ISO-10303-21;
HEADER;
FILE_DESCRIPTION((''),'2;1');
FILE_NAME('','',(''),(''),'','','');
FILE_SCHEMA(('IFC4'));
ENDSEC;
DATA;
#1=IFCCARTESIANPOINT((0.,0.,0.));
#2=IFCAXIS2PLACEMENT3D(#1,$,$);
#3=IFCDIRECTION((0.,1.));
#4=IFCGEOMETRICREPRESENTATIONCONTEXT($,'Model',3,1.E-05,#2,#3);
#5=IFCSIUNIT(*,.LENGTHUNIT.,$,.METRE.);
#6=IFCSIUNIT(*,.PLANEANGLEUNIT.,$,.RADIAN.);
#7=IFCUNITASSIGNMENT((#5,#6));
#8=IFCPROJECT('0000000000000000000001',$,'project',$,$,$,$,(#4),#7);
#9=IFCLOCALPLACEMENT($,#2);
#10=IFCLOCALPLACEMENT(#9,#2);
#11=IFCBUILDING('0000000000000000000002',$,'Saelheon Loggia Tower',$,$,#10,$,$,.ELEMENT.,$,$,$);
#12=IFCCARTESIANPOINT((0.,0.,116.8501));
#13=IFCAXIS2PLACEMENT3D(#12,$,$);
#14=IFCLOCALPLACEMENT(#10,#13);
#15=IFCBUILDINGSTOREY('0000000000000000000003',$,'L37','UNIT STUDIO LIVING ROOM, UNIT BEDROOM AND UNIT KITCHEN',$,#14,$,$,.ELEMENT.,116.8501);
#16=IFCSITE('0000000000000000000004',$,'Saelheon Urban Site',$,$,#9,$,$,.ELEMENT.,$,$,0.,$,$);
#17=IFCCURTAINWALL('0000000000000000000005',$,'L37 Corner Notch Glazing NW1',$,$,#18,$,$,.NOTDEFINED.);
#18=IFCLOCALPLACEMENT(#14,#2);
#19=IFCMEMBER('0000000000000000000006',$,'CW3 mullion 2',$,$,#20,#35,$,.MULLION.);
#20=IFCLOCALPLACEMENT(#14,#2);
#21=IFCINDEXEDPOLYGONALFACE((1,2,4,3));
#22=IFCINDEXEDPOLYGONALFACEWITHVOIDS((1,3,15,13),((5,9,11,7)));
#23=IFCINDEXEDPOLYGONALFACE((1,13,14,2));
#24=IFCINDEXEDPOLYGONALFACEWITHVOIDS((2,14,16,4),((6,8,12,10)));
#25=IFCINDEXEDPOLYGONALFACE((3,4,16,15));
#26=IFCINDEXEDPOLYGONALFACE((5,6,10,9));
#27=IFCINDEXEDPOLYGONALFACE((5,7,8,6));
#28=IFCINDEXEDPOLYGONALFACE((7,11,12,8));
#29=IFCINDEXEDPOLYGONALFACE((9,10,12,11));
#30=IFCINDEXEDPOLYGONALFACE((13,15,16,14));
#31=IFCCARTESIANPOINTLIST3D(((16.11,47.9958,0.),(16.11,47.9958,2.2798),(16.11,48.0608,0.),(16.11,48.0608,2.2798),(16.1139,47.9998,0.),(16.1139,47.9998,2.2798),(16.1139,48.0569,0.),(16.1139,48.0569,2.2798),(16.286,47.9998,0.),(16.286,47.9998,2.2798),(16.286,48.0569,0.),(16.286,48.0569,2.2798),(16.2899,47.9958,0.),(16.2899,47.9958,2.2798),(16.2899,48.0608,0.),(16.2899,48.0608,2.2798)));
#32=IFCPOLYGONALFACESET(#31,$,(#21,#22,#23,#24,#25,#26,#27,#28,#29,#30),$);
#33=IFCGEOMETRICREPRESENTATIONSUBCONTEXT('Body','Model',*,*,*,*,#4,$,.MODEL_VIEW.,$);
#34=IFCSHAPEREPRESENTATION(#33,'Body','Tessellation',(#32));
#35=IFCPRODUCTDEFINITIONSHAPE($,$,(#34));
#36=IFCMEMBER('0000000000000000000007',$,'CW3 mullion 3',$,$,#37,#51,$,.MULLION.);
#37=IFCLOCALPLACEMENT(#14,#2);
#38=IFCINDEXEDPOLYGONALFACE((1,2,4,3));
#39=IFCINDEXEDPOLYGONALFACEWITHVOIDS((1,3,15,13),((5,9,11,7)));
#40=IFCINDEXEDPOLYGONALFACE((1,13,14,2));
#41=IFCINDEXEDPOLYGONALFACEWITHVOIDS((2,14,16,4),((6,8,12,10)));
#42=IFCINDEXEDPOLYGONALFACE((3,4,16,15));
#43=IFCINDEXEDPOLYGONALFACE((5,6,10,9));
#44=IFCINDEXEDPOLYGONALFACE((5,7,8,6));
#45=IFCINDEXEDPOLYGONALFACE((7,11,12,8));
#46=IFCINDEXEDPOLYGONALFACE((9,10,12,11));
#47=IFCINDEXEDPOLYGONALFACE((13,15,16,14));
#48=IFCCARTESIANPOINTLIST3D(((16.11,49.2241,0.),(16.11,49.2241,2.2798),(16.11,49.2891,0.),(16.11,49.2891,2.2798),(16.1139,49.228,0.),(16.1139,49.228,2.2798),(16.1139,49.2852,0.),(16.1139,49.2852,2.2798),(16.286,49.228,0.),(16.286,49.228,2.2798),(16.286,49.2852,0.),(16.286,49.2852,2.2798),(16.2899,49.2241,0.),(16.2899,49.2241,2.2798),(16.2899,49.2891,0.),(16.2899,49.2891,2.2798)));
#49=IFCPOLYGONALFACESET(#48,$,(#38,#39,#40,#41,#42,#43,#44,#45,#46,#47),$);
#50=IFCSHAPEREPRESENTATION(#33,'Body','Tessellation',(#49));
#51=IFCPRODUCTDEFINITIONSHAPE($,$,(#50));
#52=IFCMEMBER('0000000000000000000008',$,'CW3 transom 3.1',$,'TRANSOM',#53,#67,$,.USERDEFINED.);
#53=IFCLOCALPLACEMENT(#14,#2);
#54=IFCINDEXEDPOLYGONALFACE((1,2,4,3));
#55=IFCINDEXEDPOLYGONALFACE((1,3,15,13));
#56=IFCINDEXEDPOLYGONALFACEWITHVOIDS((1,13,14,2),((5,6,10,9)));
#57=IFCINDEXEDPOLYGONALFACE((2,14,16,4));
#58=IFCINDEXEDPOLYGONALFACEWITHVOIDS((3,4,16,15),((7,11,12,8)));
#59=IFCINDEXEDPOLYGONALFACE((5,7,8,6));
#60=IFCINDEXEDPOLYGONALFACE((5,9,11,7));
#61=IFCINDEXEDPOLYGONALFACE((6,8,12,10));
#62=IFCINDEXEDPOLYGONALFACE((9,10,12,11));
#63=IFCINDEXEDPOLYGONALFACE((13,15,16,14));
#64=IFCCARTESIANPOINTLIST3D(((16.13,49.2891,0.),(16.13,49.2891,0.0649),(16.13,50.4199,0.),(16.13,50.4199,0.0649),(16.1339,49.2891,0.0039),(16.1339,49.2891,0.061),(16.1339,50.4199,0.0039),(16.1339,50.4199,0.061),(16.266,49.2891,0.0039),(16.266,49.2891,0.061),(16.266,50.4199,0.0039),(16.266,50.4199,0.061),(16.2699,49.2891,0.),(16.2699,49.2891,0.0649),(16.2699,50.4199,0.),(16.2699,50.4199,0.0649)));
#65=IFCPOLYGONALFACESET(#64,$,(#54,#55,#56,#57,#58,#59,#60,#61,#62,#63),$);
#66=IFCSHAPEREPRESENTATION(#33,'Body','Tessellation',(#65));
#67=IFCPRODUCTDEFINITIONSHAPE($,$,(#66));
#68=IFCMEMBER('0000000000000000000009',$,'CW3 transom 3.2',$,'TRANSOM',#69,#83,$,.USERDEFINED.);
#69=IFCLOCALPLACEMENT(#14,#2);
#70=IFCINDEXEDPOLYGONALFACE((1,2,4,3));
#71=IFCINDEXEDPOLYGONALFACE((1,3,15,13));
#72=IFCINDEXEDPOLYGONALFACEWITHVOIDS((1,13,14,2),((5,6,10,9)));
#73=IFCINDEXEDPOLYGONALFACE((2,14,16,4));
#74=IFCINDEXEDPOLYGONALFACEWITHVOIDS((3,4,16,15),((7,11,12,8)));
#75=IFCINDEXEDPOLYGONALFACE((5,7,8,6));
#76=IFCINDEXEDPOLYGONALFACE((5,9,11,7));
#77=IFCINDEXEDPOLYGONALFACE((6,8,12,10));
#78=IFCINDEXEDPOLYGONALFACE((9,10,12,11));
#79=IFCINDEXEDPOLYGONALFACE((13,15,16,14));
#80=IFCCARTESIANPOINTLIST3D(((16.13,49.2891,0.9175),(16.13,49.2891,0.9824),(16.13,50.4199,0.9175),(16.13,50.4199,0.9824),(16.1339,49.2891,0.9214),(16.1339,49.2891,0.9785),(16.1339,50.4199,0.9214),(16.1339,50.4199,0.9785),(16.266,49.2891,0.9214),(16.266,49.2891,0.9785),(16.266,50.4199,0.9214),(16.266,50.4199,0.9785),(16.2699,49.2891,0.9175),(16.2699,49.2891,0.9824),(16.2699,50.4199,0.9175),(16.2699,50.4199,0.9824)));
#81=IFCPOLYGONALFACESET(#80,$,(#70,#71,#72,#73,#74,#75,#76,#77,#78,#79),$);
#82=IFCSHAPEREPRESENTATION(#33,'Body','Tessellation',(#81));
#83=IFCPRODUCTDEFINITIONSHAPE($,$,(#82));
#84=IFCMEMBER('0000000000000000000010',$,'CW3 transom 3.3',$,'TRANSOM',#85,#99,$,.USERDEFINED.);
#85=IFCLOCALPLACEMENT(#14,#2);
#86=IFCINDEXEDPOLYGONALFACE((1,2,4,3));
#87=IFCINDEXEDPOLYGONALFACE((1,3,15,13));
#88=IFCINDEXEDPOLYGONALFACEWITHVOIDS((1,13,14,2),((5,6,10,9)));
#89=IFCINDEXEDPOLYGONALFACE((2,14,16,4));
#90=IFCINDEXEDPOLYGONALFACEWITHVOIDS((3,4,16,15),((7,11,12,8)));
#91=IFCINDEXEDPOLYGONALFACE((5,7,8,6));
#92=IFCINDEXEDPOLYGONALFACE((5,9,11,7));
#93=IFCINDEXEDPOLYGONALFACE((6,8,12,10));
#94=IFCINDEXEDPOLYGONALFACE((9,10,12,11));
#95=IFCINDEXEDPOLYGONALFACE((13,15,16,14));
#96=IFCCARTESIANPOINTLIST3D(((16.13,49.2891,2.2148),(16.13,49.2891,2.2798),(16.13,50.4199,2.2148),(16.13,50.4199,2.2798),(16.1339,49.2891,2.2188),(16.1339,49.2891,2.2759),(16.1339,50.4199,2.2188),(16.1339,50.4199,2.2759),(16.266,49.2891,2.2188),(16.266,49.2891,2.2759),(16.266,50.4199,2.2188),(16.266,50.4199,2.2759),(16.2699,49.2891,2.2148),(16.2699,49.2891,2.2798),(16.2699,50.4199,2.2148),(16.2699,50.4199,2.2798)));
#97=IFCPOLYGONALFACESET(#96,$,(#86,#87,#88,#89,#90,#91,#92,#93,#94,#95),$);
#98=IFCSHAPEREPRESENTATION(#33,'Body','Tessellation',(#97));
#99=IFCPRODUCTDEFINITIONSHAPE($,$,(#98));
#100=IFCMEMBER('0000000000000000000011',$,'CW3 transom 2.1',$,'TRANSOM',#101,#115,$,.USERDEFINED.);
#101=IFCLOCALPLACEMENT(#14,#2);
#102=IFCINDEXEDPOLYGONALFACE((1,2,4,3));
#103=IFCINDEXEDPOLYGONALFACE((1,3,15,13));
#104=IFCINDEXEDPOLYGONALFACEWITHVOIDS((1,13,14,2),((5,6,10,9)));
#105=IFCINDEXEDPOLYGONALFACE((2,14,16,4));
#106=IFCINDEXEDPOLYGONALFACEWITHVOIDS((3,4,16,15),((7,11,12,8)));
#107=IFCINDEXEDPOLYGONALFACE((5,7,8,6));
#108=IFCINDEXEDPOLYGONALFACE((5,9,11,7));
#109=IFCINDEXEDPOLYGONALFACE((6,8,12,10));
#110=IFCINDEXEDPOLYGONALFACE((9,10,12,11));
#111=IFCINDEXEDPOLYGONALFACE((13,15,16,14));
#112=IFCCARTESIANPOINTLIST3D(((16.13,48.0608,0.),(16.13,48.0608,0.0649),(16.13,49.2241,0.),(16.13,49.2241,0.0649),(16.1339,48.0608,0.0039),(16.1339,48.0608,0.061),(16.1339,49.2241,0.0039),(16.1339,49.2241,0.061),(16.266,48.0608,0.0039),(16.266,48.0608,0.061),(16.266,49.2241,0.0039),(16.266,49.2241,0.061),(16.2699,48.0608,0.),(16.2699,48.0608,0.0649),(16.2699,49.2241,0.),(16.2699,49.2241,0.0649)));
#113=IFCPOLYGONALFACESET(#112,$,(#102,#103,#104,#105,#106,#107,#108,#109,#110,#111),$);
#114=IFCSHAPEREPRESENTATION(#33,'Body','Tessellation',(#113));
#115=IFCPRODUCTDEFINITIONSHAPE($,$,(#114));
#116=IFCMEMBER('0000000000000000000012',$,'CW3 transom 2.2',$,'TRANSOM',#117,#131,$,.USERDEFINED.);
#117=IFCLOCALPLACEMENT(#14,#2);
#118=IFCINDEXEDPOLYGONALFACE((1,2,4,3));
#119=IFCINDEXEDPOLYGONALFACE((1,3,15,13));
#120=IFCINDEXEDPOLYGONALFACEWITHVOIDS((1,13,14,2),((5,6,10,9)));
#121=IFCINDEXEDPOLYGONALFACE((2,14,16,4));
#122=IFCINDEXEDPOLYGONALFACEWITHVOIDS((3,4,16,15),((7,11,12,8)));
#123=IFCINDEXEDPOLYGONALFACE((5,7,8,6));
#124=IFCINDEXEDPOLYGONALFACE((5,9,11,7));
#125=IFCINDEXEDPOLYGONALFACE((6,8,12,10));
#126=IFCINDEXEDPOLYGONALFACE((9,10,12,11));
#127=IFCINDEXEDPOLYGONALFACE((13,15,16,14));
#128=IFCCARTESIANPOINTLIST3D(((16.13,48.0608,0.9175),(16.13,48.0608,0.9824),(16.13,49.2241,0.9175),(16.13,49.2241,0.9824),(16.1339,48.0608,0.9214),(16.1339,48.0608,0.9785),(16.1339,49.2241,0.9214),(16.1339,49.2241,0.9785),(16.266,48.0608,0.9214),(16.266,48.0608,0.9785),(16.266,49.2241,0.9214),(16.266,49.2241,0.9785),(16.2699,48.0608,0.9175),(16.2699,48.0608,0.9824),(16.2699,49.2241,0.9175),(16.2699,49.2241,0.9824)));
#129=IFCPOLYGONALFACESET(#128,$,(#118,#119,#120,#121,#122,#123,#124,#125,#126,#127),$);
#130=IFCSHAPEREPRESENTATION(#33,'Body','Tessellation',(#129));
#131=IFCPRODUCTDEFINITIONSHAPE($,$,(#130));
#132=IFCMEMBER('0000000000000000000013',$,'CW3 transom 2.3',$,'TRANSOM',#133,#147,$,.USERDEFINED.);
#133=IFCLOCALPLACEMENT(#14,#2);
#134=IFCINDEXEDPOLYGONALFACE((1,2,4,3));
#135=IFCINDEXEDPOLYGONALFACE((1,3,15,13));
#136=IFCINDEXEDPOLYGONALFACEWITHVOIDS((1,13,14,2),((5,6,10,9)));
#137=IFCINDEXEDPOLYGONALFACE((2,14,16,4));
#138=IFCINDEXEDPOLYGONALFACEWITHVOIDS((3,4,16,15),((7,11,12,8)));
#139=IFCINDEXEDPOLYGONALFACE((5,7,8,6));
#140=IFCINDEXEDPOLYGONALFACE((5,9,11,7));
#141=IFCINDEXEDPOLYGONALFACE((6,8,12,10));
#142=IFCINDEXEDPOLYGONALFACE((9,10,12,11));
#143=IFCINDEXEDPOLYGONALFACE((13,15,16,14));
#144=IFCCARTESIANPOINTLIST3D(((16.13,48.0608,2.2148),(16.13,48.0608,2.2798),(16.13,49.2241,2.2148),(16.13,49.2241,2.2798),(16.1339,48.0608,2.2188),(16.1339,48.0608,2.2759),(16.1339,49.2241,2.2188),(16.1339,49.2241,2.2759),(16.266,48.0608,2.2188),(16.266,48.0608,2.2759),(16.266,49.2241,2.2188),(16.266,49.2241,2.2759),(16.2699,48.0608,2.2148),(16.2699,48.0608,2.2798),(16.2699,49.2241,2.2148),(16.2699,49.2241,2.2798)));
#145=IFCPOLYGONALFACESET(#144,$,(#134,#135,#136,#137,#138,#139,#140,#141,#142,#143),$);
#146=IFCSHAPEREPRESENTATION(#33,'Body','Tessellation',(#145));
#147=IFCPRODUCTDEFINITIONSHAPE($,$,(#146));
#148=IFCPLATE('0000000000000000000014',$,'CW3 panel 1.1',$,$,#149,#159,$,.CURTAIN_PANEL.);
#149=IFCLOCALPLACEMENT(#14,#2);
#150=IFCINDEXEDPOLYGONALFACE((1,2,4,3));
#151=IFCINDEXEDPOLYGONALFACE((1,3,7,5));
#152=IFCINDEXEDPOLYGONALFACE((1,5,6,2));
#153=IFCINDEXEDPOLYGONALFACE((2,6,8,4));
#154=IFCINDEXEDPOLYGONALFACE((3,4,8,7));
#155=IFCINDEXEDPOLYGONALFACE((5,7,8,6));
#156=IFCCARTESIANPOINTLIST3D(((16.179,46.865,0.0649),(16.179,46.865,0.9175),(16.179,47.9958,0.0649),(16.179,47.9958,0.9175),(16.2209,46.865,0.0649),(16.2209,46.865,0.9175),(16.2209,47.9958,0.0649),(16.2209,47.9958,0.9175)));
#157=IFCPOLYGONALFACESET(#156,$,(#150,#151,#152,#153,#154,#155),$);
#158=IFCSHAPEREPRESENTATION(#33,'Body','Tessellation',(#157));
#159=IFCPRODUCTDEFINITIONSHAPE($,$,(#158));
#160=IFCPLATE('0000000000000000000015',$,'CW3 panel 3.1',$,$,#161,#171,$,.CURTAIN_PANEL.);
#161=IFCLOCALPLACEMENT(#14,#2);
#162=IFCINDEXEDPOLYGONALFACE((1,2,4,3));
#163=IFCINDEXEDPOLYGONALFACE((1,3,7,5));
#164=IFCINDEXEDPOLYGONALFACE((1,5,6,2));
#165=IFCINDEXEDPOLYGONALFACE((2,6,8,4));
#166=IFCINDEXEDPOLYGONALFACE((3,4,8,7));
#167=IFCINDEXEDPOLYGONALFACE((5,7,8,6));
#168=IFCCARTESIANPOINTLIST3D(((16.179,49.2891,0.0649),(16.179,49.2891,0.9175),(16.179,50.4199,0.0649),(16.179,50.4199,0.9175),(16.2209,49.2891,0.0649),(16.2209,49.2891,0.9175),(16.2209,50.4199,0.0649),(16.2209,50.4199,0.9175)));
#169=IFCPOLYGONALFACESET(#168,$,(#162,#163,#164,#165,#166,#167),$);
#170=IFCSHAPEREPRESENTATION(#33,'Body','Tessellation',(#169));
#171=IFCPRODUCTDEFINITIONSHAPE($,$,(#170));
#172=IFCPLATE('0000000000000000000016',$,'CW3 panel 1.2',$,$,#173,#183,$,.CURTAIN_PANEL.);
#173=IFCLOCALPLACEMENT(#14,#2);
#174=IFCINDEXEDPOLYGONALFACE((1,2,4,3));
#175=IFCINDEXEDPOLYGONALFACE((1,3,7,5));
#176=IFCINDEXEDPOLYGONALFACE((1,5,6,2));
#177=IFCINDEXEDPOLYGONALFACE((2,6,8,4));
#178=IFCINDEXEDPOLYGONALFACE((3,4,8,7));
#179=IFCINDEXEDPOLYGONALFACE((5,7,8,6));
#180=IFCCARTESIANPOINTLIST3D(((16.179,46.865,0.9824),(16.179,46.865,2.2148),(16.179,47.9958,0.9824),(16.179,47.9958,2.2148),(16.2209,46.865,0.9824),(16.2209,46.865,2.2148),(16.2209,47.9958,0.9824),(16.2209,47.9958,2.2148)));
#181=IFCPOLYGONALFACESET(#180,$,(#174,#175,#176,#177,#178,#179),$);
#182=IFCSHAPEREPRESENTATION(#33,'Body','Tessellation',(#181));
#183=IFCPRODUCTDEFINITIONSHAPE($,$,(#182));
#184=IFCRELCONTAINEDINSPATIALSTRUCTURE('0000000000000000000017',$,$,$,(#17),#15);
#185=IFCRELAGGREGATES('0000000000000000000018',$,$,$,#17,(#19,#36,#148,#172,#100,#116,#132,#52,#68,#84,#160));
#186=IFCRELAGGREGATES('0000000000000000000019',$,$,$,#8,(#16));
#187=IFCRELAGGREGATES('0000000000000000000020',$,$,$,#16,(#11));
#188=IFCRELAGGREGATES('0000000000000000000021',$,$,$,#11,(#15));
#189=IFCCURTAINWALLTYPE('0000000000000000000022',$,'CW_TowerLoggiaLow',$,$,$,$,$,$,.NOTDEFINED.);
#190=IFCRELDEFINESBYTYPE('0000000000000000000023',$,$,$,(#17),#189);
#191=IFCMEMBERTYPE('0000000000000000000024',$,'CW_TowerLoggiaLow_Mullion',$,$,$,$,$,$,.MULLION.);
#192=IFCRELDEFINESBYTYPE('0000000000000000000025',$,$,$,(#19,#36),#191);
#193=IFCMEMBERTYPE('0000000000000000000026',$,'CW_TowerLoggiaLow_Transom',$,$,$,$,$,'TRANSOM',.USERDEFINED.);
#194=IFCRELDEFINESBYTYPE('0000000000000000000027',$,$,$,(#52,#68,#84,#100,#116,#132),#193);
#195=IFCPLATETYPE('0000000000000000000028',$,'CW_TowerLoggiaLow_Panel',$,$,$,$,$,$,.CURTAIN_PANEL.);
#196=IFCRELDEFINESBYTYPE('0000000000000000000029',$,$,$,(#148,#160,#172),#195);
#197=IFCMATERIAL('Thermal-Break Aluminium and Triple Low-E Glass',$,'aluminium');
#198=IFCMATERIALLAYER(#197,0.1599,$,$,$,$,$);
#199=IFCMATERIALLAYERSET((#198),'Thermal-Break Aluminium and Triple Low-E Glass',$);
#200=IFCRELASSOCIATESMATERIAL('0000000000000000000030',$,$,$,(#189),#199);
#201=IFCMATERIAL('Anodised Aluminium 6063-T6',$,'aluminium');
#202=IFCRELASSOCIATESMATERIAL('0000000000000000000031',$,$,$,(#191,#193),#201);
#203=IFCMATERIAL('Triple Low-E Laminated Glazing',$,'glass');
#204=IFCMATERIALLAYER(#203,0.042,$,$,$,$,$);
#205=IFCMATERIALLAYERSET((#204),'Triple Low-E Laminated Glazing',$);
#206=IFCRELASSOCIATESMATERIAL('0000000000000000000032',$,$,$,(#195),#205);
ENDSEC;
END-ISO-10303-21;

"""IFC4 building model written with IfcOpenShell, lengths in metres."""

from ifc_helpers import new_model, si_unit, direction, frame, origin, origin_2d, place, context, subcontext, project, spatial, rectangle, hollow_rectangle, extrude, source, transform, mapped, material, layer, layer_set, material_profile, profile_set, type_object, element, aggregate, save


model = new_model("IFC4")

# Units and contexts
model_context = context("Model", 3, precision=1e-05, world=origin(), true_north=direction((0.0, 1.0)))
body_context = subcontext(model_context, "Body", "Model", "MODEL_VIEW")
ifc_project = project(units=[si_unit("LENGTHUNIT", "METRE"), si_unit("PLANEANGLEUNIT", "RADIAN")], contexts=[model_context])

# Site, building, storey
site_placement = place(None, origin())
site = spatial("IfcSite", under=ifc_project, at=site_placement, Name="Saelheon Urban Site", CompositionType="ELEMENT", RefElevation=0.0)
building_placement = place(site_placement, origin())
building = spatial("IfcBuilding", under=site, at=building_placement, Name="Saelheon Loggia Tower", CompositionType="ELEMENT")
storey_placement = place(building_placement, frame((0.0, 0.0, 116.8501)))
storey = spatial("IfcBuildingStorey", under=building, at=storey_placement, Name="L37", Description="UNIT STUDIO LIVING ROOM, UNIT BEDROOM AND UNIT KITCHEN", CompositionType="ELEMENT", Elevation=116.8501)

# Curtain wall, members, plates
ifc_material_1 = material(Name="Thermal-Break Aluminium and Triple Low-E Glass", Category="aluminium")
ifc_layer_1 = layer(ifc_material_1, 0.1599)
ifc_layer_set_1 = layer_set([ifc_layer_1], Name="Thermal-Break Aluminium and Triple Low-E Glass")
curtain_wall_type = type_object("IfcCurtainWallType", Name="CW_TowerLoggiaLow", PredefinedType="NOTDEFINED", material=ifc_layer_set_1)
curtain_wall_placement = place(storey_placement, origin())
curtain_wall = element("IfcCurtainWall", 1, at=curtain_wall_placement, inside=storey, type_object=curtain_wall_type, Name="L37 Corner Notch Glazing NW1", PredefinedType="NOTDEFINED")
ifc_material_2 = material(Name="Anodised Aluminium 6063-T6", Category="aluminium")
ifc_material_profile_1 = material_profile(ifc_material_2, hollow_rectangle(XDim=0.0649, YDim=0.1799, WallThickness=0.0039, at=origin_2d()), Name="RHS-180x65x4")
ifc_profile_set_1 = profile_set([ifc_material_profile_1], Name="Anodised Aluminium 6063-T6")
member_type_1 = type_object("IfcMemberType", Name="CW_TowerLoggiaLow_Mullion", PredefinedType="MULLION", material=ifc_profile_set_1)
shared_shape_1 = source(origin(), body_context, "Body", "SweptSolid", [
    extrude(hollow_rectangle(XDim=0.0649, YDim=0.1799, WallThickness=0.0039, at=origin_2d()), origin(), (0.0, 0.0, 1.0), 2.2798),
])
member_1_placement = place(storey_placement, frame((16.2, 48.0283, 0.0), z_axis=(0.0, 0.0, 1.0), x_axis=(0.0, 1.0, 0.0)))
member_1 = element("IfcMember", 2, at=member_1_placement, type_object=member_type_1, Name="CW3 mullion 2", PredefinedType="MULLION", context=body_context, shape_type="MappedRepresentation", body=[
    mapped(shared_shape_1, transform((0.0, 0.0, 0.0), scale=1.0)),
])
member_2_placement = place(storey_placement, frame((16.2, 49.2566, 0.0), z_axis=(0.0, 0.0, 1.0), x_axis=(0.0, 1.0, 0.0)))
member_2 = element("IfcMember", 3, at=member_2_placement, type_object=member_type_1, Name="CW3 mullion 3", PredefinedType="MULLION", context=body_context, shape_type="MappedRepresentation", body=[
    mapped(shared_shape_1, transform((0.0, 0.0, 0.0), scale=1.0)),
])
ifc_material_profile_2 = material_profile(ifc_material_2, hollow_rectangle(XDim=0.0649, YDim=0.1399, WallThickness=0.0039, at=origin_2d()), Name="RHS-140x65x4")
ifc_profile_set_2 = profile_set([ifc_material_profile_2], Name="Anodised Aluminium 6063-T6")
member_type_2 = type_object("IfcMemberType", Name="CW_TowerLoggiaLow_Transom", ElementType="TRANSOM", PredefinedType="USERDEFINED", material=ifc_profile_set_2)
shared_shape_2 = source(origin(), body_context, "Body", "SweptSolid", [
    extrude(hollow_rectangle(XDim=0.0649, YDim=0.1399, WallThickness=0.0039, at=origin_2d()), origin(), (0.0, 0.0, 1.0), 1.1309),
])
member_3_placement = place(storey_placement, frame((16.2, 49.2891, 0.0325), z_axis=(0.0, 1.0, 0.0), x_axis=(0.0, 0.0, 1.0)))
member_3 = element("IfcMember", 4, at=member_3_placement, type_object=member_type_2, Name="CW3 transom 3.1", ObjectType="TRANSOM", PredefinedType="USERDEFINED", context=body_context, shape_type="MappedRepresentation", body=[
    mapped(shared_shape_2, transform((0.0, 0.0, 0.0), scale=1.0)),
])
member_4_placement = place(storey_placement, frame((16.2, 49.2891, 0.95), z_axis=(0.0, 1.0, 0.0), x_axis=(0.0, 0.0, 1.0)))
member_4 = element("IfcMember", 5, at=member_4_placement, type_object=member_type_2, Name="CW3 transom 3.2", ObjectType="TRANSOM", PredefinedType="USERDEFINED", context=body_context, shape_type="MappedRepresentation", body=[
    mapped(shared_shape_2, transform((0.0, 0.0, 0.0), scale=1.0)),
])
member_5_placement = place(storey_placement, frame((16.2, 49.2891, 2.2473), z_axis=(0.0, 1.0, 0.0), x_axis=(0.0, 0.0, 1.0)))
member_5 = element("IfcMember", 6, at=member_5_placement, type_object=member_type_2, Name="CW3 transom 3.3", ObjectType="TRANSOM", PredefinedType="USERDEFINED", context=body_context, shape_type="MappedRepresentation", body=[
    mapped(shared_shape_2, transform((0.0, 0.0, 0.0), scale=1.0)),
])
shared_shape_3 = source(origin(), body_context, "Body", "SweptSolid", [
    extrude(hollow_rectangle(XDim=0.0649, YDim=0.1399, WallThickness=0.0039, at=origin_2d()), origin(), (0.0, 0.0, 1.0), 1.1633),
])
member_6_placement = place(storey_placement, frame((16.2, 48.0608, 0.0325), z_axis=(0.0, 1.0, 0.0), x_axis=(0.0, 0.0, 1.0)))
member_6 = element("IfcMember", 7, at=member_6_placement, type_object=member_type_2, Name="CW3 transom 2.1", ObjectType="TRANSOM", PredefinedType="USERDEFINED", context=body_context, shape_type="MappedRepresentation", body=[
    mapped(shared_shape_3, transform((0.0, 0.0, 0.0), scale=1.0)),
])
member_7_placement = place(storey_placement, frame((16.2, 48.0608, 0.95), z_axis=(0.0, 1.0, 0.0), x_axis=(0.0, 0.0, 1.0)))
member_7 = element("IfcMember", 8, at=member_7_placement, type_object=member_type_2, Name="CW3 transom 2.2", ObjectType="TRANSOM", PredefinedType="USERDEFINED", context=body_context, shape_type="MappedRepresentation", body=[
    mapped(shared_shape_3, transform((0.0, 0.0, 0.0), scale=1.0)),
])
member_8_placement = place(storey_placement, frame((16.2, 48.0608, 2.2473), z_axis=(0.0, 1.0, 0.0), x_axis=(0.0, 0.0, 1.0)))
member_8 = element("IfcMember", 9, at=member_8_placement, type_object=member_type_2, Name="CW3 transom 2.3", ObjectType="TRANSOM", PredefinedType="USERDEFINED", context=body_context, shape_type="MappedRepresentation", body=[
    mapped(shared_shape_3, transform((0.0, 0.0, 0.0), scale=1.0)),
])
ifc_material_3 = material(Name="Triple Low-E Laminated Glazing", Category="glass")
ifc_layer_2 = layer(ifc_material_3, 0.042)
ifc_layer_set_2 = layer_set([ifc_layer_2], Name="Triple Low-E Laminated Glazing")
plate_type = type_object("IfcPlateType", Name="CW_TowerLoggiaLow_Panel", PredefinedType="CURTAIN_PANEL", material=ifc_layer_set_2)
shared_shape_4 = source(origin(), body_context, "Body", "SweptSolid", [
    extrude(rectangle(XDim=1.1309, YDim=0.042, at=origin_2d()), origin(), (0.0, 0.0, 1.0), 0.8525),
])
plate_1_placement = place(storey_placement, frame((16.2, 47.4304, 0.0649), z_axis=(0.0, 0.0, 1.0), x_axis=(0.0, 1.0, 0.0)))
plate_1 = element("IfcPlate", 10, at=plate_1_placement, type_object=plate_type, Name="CW3 panel 1.1", PredefinedType="CURTAIN_PANEL", context=body_context, shape_type="MappedRepresentation", body=[
    mapped(shared_shape_4, transform((0.0, 0.0, 0.0), scale=1.0)),
])
plate_2_placement = place(storey_placement, frame((16.2, 49.8545, 0.0649), z_axis=(0.0, 0.0, 1.0), x_axis=(0.0, 1.0, 0.0)))
plate_2 = element("IfcPlate", 11, at=plate_2_placement, type_object=plate_type, Name="CW3 panel 3.1", PredefinedType="CURTAIN_PANEL", context=body_context, shape_type="MappedRepresentation", body=[
    mapped(shared_shape_4, transform((0.0, 0.0, 0.0), scale=1.0)),
])
shared_shape_5 = source(origin(), body_context, "Body", "SweptSolid", [
    extrude(rectangle(XDim=1.1309, YDim=0.042, at=origin_2d()), origin(), (0.0, 0.0, 1.0), 1.2324),
])
plate_3_placement = place(storey_placement, frame((16.2, 47.4304, 0.9824), z_axis=(0.0, 0.0, 1.0), x_axis=(0.0, 1.0, 0.0)))
plate_3 = element("IfcPlate", 12, at=plate_3_placement, type_object=plate_type, Name="CW3 panel 1.2", PredefinedType="CURTAIN_PANEL", context=body_context, shape_type="MappedRepresentation", body=[
    mapped(shared_shape_5, transform((0.0, 0.0, 0.0), scale=1.0)),
])
aggregate(curtain_wall, [member_1, member_2, plate_1, plate_3, member_6, member_7, member_8, member_3, member_4, member_5, plate_2])

save(model, "model.ifc")
